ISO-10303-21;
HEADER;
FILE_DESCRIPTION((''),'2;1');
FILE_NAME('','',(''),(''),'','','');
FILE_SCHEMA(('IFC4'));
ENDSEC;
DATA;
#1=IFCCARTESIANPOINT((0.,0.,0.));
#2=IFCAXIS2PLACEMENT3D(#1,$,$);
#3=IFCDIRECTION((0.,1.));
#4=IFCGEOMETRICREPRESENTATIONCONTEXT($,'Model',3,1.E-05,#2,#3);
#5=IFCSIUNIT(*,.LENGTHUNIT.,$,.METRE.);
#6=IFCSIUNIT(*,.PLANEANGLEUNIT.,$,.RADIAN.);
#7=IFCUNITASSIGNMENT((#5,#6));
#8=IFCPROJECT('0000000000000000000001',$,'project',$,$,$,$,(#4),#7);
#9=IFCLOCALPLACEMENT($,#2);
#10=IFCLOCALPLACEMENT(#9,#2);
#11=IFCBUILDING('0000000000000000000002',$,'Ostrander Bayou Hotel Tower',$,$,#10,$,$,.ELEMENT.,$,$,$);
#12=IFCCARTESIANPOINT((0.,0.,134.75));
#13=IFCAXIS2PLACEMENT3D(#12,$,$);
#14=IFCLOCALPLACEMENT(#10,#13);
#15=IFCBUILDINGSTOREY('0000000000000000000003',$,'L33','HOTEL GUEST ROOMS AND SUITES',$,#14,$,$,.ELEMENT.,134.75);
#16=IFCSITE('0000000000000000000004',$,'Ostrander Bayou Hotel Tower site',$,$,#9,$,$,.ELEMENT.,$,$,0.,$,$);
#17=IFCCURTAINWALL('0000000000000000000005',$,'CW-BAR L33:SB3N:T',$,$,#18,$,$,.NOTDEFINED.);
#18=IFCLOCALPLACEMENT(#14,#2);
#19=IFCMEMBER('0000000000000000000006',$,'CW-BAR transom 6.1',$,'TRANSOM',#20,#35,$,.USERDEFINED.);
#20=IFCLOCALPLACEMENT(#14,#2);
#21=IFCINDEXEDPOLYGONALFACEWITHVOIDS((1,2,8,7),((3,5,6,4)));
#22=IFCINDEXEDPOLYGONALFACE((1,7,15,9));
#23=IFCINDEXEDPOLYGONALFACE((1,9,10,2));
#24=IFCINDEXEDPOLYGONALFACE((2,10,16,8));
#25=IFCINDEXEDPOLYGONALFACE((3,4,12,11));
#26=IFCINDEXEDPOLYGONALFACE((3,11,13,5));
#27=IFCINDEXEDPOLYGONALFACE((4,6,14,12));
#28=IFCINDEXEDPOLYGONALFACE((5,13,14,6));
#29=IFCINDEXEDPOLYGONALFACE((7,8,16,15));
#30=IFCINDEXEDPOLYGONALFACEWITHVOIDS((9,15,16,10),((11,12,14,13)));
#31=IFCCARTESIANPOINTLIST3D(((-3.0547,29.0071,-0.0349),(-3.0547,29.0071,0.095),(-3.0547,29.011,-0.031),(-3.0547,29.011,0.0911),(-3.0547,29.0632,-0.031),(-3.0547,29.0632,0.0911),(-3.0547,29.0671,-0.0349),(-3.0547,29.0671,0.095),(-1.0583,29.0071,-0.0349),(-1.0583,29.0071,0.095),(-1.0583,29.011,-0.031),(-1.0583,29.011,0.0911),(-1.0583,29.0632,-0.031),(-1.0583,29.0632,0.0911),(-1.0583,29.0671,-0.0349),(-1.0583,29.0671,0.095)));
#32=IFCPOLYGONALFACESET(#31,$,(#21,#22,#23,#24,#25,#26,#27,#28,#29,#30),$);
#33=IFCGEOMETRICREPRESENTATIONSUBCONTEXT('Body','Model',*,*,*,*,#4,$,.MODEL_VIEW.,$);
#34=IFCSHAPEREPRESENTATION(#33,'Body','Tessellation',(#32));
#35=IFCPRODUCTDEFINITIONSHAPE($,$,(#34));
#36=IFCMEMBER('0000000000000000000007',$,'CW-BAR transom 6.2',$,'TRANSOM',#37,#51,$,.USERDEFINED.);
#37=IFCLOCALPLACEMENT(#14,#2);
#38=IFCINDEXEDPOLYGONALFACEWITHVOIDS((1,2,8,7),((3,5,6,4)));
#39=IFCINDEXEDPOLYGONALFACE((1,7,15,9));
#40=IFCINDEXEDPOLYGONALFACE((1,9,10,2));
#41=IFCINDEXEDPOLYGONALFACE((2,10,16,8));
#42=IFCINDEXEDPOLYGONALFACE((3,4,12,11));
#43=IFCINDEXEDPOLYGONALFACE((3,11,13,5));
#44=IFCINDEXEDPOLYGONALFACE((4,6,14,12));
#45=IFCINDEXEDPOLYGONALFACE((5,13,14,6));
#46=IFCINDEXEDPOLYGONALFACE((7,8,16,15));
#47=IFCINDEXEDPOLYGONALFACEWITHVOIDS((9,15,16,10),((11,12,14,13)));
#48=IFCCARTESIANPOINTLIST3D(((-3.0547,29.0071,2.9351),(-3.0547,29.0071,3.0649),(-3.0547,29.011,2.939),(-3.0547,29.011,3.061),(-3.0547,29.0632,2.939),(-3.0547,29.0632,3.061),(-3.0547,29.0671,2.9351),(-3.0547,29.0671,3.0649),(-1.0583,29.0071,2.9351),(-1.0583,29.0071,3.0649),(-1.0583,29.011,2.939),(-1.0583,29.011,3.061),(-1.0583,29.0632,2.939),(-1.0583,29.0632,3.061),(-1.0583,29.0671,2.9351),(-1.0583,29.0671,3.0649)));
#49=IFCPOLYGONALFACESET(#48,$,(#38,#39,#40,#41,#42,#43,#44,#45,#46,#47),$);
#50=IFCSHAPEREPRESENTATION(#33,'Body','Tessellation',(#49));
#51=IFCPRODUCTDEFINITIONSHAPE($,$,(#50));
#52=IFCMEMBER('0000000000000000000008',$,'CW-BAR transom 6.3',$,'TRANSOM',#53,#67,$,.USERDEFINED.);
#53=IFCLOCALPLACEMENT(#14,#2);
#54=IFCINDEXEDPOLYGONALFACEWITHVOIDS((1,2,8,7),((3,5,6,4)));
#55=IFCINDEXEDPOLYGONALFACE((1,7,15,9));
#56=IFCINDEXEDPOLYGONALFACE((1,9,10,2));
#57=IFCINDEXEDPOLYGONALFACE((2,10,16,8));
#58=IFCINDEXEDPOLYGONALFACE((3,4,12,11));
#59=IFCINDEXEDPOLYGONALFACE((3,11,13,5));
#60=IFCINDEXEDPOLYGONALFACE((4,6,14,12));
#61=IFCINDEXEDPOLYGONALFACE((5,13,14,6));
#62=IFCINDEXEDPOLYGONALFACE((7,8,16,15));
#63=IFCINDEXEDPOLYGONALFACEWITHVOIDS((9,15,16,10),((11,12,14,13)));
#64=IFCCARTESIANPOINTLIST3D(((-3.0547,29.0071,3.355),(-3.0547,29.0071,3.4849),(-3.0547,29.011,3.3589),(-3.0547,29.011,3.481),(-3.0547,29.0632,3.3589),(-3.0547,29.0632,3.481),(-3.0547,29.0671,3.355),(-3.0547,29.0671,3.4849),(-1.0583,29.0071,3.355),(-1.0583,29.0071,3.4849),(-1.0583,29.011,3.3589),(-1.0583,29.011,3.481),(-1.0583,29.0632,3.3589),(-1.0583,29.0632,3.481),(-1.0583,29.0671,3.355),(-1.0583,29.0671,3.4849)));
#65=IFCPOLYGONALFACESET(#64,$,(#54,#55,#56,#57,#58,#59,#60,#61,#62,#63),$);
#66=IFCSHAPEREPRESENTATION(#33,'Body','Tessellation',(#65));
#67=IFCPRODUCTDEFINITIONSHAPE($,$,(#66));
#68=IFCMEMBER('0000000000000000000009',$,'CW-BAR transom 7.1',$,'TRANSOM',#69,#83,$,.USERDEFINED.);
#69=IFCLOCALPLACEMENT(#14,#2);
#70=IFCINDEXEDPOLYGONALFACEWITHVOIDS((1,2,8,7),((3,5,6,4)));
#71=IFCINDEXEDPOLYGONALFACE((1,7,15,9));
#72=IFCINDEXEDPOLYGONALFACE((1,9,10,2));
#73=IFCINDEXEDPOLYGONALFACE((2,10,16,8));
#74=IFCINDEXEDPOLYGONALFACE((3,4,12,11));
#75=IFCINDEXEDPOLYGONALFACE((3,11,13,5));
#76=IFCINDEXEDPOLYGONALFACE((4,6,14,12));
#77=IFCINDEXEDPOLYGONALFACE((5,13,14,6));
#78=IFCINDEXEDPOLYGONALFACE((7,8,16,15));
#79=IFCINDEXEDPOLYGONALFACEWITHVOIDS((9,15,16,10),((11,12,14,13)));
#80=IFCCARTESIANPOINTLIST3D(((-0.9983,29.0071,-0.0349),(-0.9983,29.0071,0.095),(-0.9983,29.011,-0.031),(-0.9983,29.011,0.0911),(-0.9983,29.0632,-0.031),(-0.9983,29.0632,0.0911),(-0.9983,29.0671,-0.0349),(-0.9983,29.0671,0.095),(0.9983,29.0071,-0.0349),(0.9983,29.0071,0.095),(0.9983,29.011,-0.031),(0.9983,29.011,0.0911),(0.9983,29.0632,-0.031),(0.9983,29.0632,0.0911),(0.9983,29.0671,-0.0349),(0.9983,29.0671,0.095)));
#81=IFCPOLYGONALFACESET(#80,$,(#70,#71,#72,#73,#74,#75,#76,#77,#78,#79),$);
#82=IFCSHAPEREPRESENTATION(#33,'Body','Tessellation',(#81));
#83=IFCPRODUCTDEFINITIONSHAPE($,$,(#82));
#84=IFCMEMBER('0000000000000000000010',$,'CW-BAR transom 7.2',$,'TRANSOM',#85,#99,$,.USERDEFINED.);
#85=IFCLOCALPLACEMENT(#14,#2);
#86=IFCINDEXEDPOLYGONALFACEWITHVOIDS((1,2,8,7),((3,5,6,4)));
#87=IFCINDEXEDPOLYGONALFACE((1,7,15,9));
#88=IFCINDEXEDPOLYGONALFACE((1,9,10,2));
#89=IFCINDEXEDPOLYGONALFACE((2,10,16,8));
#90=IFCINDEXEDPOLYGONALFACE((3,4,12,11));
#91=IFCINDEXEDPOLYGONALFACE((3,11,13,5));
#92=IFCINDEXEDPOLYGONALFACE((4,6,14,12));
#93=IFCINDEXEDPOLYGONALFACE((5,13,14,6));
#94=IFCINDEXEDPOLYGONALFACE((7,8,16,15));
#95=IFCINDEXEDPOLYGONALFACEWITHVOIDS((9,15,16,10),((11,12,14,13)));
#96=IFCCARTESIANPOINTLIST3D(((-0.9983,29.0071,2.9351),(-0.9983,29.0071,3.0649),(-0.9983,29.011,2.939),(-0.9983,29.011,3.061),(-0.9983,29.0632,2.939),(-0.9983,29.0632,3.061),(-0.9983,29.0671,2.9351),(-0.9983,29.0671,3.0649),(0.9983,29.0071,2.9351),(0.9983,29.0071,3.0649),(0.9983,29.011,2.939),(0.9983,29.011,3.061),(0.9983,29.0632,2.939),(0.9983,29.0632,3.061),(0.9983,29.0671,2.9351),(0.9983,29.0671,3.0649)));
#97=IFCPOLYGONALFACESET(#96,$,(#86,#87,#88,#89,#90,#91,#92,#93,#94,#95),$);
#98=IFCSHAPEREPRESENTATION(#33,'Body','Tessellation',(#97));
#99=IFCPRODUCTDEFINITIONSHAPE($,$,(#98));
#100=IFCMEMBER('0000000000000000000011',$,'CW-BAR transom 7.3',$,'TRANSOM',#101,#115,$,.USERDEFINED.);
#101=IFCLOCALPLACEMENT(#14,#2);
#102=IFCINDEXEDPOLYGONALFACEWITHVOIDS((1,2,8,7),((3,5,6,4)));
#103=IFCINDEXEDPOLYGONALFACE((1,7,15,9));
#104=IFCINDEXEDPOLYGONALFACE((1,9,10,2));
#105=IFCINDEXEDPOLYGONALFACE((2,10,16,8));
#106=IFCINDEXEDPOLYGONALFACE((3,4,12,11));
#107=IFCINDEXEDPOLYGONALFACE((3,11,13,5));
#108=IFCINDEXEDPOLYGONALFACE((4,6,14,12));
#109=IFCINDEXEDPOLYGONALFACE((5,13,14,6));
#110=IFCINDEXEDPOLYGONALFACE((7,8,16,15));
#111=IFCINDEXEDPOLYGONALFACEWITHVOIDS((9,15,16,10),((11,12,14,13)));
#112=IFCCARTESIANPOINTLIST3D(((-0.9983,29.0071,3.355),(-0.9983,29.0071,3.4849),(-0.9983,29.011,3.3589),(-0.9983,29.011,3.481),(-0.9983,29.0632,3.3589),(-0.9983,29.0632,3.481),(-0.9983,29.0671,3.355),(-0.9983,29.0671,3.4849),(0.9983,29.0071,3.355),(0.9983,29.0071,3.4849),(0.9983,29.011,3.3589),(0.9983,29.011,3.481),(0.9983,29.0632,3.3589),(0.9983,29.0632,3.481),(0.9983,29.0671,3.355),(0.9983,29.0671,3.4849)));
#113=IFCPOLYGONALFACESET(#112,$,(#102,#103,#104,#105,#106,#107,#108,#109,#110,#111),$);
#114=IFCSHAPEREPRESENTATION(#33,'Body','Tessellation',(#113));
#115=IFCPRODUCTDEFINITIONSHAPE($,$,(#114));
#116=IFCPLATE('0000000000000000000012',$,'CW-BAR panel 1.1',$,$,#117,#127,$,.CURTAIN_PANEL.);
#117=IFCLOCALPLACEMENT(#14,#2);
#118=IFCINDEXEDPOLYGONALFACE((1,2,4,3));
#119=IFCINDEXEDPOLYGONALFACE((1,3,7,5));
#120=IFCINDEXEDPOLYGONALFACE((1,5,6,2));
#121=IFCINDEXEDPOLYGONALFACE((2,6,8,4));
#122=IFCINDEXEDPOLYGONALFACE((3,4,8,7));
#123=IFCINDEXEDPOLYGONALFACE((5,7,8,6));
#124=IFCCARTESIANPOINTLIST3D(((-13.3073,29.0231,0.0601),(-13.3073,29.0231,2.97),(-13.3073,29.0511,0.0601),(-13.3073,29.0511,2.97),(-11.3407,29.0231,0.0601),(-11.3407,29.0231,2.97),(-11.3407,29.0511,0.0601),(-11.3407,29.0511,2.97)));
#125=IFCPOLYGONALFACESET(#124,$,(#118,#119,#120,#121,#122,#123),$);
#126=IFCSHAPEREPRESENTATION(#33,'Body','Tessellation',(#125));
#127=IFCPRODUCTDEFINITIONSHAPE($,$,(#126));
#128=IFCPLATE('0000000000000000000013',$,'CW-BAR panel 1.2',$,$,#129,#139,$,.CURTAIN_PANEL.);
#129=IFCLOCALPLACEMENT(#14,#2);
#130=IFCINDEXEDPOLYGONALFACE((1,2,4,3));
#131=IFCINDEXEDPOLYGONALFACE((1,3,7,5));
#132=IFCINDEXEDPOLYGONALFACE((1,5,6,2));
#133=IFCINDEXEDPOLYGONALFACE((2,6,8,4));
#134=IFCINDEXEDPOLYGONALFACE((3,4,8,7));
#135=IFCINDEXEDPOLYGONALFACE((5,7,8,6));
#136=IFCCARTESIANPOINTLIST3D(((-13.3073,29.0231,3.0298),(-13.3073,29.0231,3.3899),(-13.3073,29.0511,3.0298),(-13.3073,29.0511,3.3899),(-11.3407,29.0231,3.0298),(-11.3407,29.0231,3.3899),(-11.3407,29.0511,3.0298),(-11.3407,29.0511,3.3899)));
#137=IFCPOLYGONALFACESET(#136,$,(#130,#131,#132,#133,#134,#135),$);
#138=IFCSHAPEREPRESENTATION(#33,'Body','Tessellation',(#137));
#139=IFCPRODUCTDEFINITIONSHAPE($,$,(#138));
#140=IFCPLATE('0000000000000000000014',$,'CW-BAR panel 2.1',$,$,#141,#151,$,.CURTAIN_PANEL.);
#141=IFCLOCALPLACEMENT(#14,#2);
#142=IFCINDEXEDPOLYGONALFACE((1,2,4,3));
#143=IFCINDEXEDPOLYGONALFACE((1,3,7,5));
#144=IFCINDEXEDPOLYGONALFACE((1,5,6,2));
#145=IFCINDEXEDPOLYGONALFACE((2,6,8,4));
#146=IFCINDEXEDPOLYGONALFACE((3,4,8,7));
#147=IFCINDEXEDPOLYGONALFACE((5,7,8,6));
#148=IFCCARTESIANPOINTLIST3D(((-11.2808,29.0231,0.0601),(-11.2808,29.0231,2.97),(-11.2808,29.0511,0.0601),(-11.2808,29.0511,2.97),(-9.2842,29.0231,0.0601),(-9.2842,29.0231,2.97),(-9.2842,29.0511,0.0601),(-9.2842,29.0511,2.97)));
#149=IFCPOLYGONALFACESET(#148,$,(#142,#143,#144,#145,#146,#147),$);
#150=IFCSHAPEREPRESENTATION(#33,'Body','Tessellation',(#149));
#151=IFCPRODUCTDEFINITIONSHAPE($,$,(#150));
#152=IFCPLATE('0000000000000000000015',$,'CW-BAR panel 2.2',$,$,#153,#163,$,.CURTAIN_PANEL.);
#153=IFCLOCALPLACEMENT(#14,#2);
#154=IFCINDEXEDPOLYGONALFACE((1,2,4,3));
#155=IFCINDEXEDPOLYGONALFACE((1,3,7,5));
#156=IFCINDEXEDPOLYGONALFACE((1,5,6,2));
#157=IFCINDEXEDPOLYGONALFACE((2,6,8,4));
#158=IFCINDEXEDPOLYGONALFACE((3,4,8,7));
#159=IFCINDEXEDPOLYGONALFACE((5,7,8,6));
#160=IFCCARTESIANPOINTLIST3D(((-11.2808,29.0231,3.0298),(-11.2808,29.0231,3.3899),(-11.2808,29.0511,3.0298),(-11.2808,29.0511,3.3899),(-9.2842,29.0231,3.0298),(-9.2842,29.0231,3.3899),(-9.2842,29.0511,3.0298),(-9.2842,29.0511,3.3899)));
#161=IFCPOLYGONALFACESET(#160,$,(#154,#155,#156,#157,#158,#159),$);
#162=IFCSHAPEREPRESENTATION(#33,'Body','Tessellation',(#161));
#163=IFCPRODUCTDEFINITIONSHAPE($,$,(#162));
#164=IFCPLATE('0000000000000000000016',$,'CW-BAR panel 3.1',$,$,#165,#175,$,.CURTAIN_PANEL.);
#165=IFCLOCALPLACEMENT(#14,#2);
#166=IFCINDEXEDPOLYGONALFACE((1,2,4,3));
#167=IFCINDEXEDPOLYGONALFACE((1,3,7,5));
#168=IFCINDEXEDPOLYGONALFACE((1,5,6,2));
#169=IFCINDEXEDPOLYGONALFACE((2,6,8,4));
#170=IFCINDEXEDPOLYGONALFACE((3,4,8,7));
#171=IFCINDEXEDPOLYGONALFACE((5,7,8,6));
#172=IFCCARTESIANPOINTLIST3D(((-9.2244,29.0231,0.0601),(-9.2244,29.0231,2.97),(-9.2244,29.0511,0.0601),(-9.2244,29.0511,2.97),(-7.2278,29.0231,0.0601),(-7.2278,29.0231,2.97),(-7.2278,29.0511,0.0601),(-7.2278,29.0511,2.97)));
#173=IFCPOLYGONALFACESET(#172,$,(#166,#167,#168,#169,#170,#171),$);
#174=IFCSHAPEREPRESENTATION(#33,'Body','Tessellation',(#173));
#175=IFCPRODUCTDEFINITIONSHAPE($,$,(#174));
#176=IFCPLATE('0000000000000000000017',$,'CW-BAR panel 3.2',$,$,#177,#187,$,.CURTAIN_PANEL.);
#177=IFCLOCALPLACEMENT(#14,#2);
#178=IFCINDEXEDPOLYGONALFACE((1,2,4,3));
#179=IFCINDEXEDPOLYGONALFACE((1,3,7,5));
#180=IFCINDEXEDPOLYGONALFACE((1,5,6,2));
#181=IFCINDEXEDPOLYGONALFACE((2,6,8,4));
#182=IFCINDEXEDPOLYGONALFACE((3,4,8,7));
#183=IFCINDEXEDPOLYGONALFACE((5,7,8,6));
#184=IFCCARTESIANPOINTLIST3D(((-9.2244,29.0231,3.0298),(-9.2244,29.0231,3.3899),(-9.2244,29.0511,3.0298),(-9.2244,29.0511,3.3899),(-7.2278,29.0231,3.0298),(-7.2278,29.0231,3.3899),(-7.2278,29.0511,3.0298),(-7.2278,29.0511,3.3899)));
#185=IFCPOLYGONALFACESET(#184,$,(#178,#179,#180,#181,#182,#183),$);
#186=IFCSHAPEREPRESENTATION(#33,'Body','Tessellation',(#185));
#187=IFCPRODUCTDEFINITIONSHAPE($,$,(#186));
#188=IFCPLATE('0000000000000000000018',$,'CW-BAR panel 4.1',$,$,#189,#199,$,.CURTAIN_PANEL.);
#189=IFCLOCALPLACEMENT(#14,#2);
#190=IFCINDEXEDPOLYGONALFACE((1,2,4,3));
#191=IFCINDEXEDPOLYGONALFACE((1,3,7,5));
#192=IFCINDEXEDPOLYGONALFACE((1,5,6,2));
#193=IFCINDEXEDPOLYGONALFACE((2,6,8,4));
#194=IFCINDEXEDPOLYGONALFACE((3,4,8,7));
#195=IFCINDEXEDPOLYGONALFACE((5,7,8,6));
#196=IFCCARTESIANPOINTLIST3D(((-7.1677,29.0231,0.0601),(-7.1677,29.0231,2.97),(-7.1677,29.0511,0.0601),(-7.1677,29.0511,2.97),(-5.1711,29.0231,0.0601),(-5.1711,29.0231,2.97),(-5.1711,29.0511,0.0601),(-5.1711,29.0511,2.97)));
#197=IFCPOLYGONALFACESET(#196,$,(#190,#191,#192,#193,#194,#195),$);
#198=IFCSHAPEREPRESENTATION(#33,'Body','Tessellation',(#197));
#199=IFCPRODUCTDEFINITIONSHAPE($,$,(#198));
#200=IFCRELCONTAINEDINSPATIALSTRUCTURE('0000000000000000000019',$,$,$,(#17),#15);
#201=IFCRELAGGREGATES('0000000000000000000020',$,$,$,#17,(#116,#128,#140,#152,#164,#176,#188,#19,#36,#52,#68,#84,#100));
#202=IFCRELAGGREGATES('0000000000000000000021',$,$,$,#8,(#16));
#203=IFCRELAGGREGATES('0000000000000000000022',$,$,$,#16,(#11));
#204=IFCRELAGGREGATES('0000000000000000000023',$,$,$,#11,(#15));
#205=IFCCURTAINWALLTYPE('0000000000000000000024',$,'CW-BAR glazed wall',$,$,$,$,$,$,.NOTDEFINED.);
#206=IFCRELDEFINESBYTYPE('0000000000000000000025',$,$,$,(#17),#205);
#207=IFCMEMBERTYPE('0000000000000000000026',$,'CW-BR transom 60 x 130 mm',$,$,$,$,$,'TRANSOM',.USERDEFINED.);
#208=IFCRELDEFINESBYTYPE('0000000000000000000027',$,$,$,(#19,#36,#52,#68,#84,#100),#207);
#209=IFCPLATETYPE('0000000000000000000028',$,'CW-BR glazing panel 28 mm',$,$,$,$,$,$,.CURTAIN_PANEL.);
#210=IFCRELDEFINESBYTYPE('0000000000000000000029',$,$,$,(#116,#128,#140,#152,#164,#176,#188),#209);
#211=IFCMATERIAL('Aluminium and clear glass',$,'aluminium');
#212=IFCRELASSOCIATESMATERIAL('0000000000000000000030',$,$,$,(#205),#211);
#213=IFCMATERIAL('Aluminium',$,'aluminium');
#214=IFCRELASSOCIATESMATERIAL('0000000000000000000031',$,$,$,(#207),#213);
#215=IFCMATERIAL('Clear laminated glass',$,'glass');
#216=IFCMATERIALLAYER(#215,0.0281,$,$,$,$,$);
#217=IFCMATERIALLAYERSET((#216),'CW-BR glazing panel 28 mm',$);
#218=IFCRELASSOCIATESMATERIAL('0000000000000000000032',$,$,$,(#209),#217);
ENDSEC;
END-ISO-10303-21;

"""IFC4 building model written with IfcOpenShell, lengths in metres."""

from ifc_helpers import new_model, si_unit, direction, frame, origin, origin_2d, place, context, subcontext, project, spatial, rectangle, hollow_rectangle, extrude, material, layer, layer_set, material_profile, profile_set, type_object, element, aggregate, save


model = new_model("IFC4")

# Units and contexts
model_context = context("Model", 3, precision=1e-05, world=origin(), true_north=direction((0.0, 1.0)))
body_context = subcontext(model_context, "Body", "Model", "MODEL_VIEW")
ifc_project = project(units=[si_unit("LENGTHUNIT", "METRE"), si_unit("PLANEANGLEUNIT", "RADIAN")], contexts=[model_context])

# Site, building, storey
site_placement = place(None, origin())
site = spatial("IfcSite", under=ifc_project, at=site_placement, Name="Ostrander Bayou Hotel Tower site", CompositionType="ELEMENT", RefElevation=0.0)
building_placement = place(site_placement, origin())
building = spatial("IfcBuilding", under=site, at=building_placement, Name="Ostrander Bayou Hotel Tower", CompositionType="ELEMENT")
storey_placement = place(building_placement, frame((0.0, 0.0, 134.75)))
storey = spatial("IfcBuildingStorey", under=building, at=storey_placement, Name="L33", Description="HOTEL GUEST ROOMS AND SUITES", CompositionType="ELEMENT", Elevation=134.75)

# Curtain wall, members, plates
ifc_material_1 = material(Name="Aluminium and clear glass", Category="aluminium")
curtain_wall_type = type_object("IfcCurtainWallType", Name="CW-BAR glazed wall", PredefinedType="NOTDEFINED", material=ifc_material_1)
curtain_wall_placement = place(storey_placement, origin())
curtain_wall = element("IfcCurtainWall", 1, at=curtain_wall_placement, inside=storey, type_object=curtain_wall_type, Name="CW-BAR L33:SB3N:T", PredefinedType="NOTDEFINED")
ifc_material_2 = material(Name="Aluminium", Category="aluminium")
ifc_material_profile_1 = material_profile(ifc_material_2, hollow_rectangle(XDim=0.0601, YDim=0.1299, WallThickness=0.0039, at=origin_2d()))
ifc_profile_set_1 = profile_set([ifc_material_profile_1], Name="Aluminium")
member_type_1 = type_object("IfcMemberType", Name="CW-BR transom 60 x 130 mm", ElementType="TRANSOM", PredefinedType="USERDEFINED", material=ifc_profile_set_1)
member_1_placement = place(storey_placement, frame((-3.0547, 29.0371, 0.03), z_axis=(1.0, 0.0, 0.0), x_axis=(0.0, 1.0, 0.0)))
member_1 = element("IfcMember", 2, at=member_1_placement, type_object=member_type_1, Name="CW-BAR transom 6.1", ObjectType="TRANSOM", PredefinedType="USERDEFINED", context=body_context, shape_type="SweptSolid", body=[
    extrude(hollow_rectangle(XDim=0.0601, YDim=0.1299, WallThickness=0.0039, at=origin_2d()), origin(), (0.0, 0.0, 1.0), 1.9963),
])
member_2_placement = place(storey_placement, frame((-3.0547, 29.0371, 3.0), z_axis=(1.0, 0.0, 0.0), x_axis=(0.0, 1.0, 0.0)))
member_2 = element("IfcMember", 3, at=member_2_placement, type_object=member_type_1, Name="CW-BAR transom 6.2", ObjectType="TRANSOM", PredefinedType="USERDEFINED", context=body_context, shape_type="SweptSolid", body=[
    extrude(hollow_rectangle(XDim=0.0601, YDim=0.1299, WallThickness=0.0039, at=origin_2d()), origin(), (0.0, 0.0, 1.0), 1.9963),
])
member_3_placement = place(storey_placement, frame((-3.0547, 29.0371, 3.4199), z_axis=(1.0, 0.0, 0.0), x_axis=(0.0, 1.0, 0.0)))
member_3 = element("IfcMember", 4, at=member_3_placement, type_object=member_type_1, Name="CW-BAR transom 6.3", ObjectType="TRANSOM", PredefinedType="USERDEFINED", context=body_context, shape_type="SweptSolid", body=[
    extrude(hollow_rectangle(XDim=0.0601, YDim=0.1299, WallThickness=0.0039, at=origin_2d()), origin(), (0.0, 0.0, 1.0), 1.9963),
])
member_4_placement = place(storey_placement, frame((-0.9983, 29.0371, 0.03), z_axis=(1.0, 0.0, 0.0), x_axis=(0.0, 1.0, 0.0)))
member_4 = element("IfcMember", 5, at=member_4_placement, type_object=member_type_1, Name="CW-BAR transom 7.1", ObjectType="TRANSOM", PredefinedType="USERDEFINED", context=body_context, shape_type="SweptSolid", body=[
    extrude(hollow_rectangle(XDim=0.0601, YDim=0.1299, WallThickness=0.0039, at=origin_2d()), origin(), (0.0, 0.0, 1.0), 1.9966),
])
member_5_placement = place(storey_placement, frame((-0.9983, 29.0371, 3.0), z_axis=(1.0, 0.0, 0.0), x_axis=(0.0, 1.0, 0.0)))
member_5 = element("IfcMember", 6, at=member_5_placement, type_object=member_type_1, Name="CW-BAR transom 7.2", ObjectType="TRANSOM", PredefinedType="USERDEFINED", context=body_context, shape_type="SweptSolid", body=[
    extrude(hollow_rectangle(XDim=0.0601, YDim=0.1299, WallThickness=0.0039, at=origin_2d()), origin(), (0.0, 0.0, 1.0), 1.9966),
])
member_6_placement = place(storey_placement, frame((-0.9983, 29.0371, 3.4199), z_axis=(1.0, 0.0, 0.0), x_axis=(0.0, 1.0, 0.0)))
member_6 = element("IfcMember", 7, at=member_6_placement, type_object=member_type_1, Name="CW-BAR transom 7.3", ObjectType="TRANSOM", PredefinedType="USERDEFINED", context=body_context, shape_type="SweptSolid", body=[
    extrude(hollow_rectangle(XDim=0.0601, YDim=0.1299, WallThickness=0.0039, at=origin_2d()), origin(), (0.0, 0.0, 1.0), 1.9966),
])
ifc_material_3 = material(Name="Clear laminated glass", Category="glass")
ifc_layer = layer(ifc_material_3, 0.0281)
ifc_layer_set = layer_set([ifc_layer], Name="CW-BR glazing panel 28 mm")
plate_type = type_object("IfcPlateType", Name="CW-BR glazing panel 28 mm", PredefinedType="CURTAIN_PANEL", material=ifc_layer_set)
plate_1_placement = place(storey_placement, frame((-12.324, 29.0371, 0.0601), z_axis=(0.0, 0.0, 1.0), x_axis=(1.0, 0.0, 0.0)))
plate_1 = element("IfcPlate", 8, at=plate_1_placement, type_object=plate_type, Name="CW-BAR panel 1.1", PredefinedType="CURTAIN_PANEL", context=body_context, shape_type="SweptSolid", body=[
    extrude(rectangle(XDim=1.9666, YDim=0.0281, at=origin_2d()), origin(), (0.0, 0.0, 1.0), 2.9099),
])
plate_2_placement = place(storey_placement, frame((-12.324, 29.0371, 3.0298), z_axis=(0.0, 0.0, 1.0), x_axis=(1.0, 0.0, 0.0)))
plate_2 = element("IfcPlate", 9, at=plate_2_placement, type_object=plate_type, Name="CW-BAR panel 1.2", PredefinedType="CURTAIN_PANEL", context=body_context, shape_type="SweptSolid", body=[
    extrude(rectangle(XDim=1.9666, YDim=0.0281, at=origin_2d()), origin(), (0.0, 0.0, 1.0), 0.3601),
])
plate_3_placement = place(storey_placement, frame((-10.2825, 29.0371, 0.0601), z_axis=(0.0, 0.0, 1.0), x_axis=(1.0, 0.0, 0.0)))
plate_3 = element("IfcPlate", 10, at=plate_3_placement, type_object=plate_type, Name="CW-BAR panel 2.1", PredefinedType="CURTAIN_PANEL", context=body_context, shape_type="SweptSolid", body=[
    extrude(rectangle(XDim=1.9966, YDim=0.0281, at=origin_2d()), origin(), (0.0, 0.0, 1.0), 2.9099),
])
plate_4_placement = place(storey_placement, frame((-10.2825, 29.0371, 3.0298), z_axis=(0.0, 0.0, 1.0), x_axis=(1.0, 0.0, 0.0)))
plate_4 = element("IfcPlate", 11, at=plate_4_placement, type_object=plate_type, Name="CW-BAR panel 2.2", PredefinedType="CURTAIN_PANEL", context=body_context, shape_type="SweptSolid", body=[
    extrude(rectangle(XDim=1.9966, YDim=0.0281, at=origin_2d()), origin(), (0.0, 0.0, 1.0), 0.3601),
])
plate_5_placement = place(storey_placement, frame((-8.2261, 29.0371, 0.0601), z_axis=(0.0, 0.0, 1.0), x_axis=(1.0, 0.0, 0.0)))
plate_5 = element("IfcPlate", 12, at=plate_5_placement, type_object=plate_type, Name="CW-BAR panel 3.1", PredefinedType="CURTAIN_PANEL", context=body_context, shape_type="SweptSolid", body=[
    extrude(rectangle(XDim=1.9966, YDim=0.0281, at=origin_2d()), origin(), (0.0, 0.0, 1.0), 2.9099),
])
plate_6_placement = place(storey_placement, frame((-8.2261, 29.0371, 3.0298), z_axis=(0.0, 0.0, 1.0), x_axis=(1.0, 0.0, 0.0)))
plate_6 = element("IfcPlate", 13, at=plate_6_placement, type_object=plate_type, Name="CW-BAR panel 3.2", PredefinedType="CURTAIN_PANEL", context=body_context, shape_type="SweptSolid", body=[
    extrude(rectangle(XDim=1.9966, YDim=0.0281, at=origin_2d()), origin(), (0.0, 0.0, 1.0), 0.3601),
])
plate_7_placement = place(storey_placement, frame((-6.1694, 29.0371, 0.0601), z_axis=(0.0, 0.0, 1.0), x_axis=(1.0, 0.0, 0.0)))
plate_7 = element("IfcPlate", 14, at=plate_7_placement, type_object=plate_type, Name="CW-BAR panel 4.1", PredefinedType="CURTAIN_PANEL", context=body_context, shape_type="SweptSolid", body=[
    extrude(rectangle(XDim=1.9966, YDim=0.0281, at=origin_2d()), origin(), (0.0, 0.0, 1.0), 2.9099),
])
aggregate(curtain_wall, [plate_1, plate_2, plate_3, plate_4, plate_5, plate_6, plate_7, member_1, member_2, member_3, member_4, member_5, member_6])

save(model, "model.ifc")
